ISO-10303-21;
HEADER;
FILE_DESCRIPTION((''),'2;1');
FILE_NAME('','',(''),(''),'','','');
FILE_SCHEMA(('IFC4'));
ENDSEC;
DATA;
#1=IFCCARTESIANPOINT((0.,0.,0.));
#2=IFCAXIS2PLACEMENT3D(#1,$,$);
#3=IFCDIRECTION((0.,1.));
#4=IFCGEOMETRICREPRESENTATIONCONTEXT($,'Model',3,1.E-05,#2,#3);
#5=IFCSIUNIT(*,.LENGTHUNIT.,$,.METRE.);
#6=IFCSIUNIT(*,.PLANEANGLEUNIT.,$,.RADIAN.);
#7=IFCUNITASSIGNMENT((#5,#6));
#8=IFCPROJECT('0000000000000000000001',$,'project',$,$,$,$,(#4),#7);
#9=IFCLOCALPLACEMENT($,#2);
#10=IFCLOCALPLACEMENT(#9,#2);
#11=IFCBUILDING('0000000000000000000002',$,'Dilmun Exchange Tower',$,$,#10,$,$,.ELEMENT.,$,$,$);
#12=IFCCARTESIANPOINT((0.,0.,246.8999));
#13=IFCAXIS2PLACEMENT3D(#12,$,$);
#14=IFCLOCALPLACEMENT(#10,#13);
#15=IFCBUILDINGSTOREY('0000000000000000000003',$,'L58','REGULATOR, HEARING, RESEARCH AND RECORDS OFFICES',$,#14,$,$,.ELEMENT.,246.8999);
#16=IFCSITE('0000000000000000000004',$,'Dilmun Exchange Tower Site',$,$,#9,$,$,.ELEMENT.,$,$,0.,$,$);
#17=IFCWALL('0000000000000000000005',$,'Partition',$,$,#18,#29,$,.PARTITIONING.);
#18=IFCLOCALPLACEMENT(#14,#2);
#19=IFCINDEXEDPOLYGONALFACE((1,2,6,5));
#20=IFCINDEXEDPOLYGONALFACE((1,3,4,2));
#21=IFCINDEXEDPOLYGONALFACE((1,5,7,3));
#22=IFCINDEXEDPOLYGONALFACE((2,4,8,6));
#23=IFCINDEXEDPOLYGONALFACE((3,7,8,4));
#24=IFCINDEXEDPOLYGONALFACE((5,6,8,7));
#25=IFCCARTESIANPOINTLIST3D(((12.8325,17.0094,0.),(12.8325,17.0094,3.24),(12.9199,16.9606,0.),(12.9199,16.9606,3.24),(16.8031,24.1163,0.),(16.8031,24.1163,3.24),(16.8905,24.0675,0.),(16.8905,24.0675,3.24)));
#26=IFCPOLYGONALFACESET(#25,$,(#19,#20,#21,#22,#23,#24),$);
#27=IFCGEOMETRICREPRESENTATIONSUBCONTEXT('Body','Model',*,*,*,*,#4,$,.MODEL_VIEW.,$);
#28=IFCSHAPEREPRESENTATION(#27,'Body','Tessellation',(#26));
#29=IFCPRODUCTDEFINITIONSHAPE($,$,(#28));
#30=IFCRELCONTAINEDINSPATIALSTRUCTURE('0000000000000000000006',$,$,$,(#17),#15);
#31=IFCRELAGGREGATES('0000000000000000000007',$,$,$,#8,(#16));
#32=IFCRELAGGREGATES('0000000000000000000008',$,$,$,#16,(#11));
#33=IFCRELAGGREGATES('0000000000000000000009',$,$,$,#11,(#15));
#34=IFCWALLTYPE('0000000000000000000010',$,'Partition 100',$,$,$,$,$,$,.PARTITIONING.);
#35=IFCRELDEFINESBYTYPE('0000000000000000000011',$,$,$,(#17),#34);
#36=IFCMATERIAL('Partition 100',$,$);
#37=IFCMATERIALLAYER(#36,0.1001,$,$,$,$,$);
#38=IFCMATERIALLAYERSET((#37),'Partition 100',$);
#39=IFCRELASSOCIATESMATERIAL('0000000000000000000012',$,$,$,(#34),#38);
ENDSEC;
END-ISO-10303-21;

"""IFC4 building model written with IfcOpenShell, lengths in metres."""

from ifc_helpers import new_model, si_unit, direction, frame, frame_2d, origin, place, context, subcontext, project, spatial, rectangle, extrude, material, layer, layer_set, type_object, element, save


model = new_model("IFC4")

# Units and contexts
model_context = context("Model", 3, precision=1e-05, world=origin(), true_north=direction((0.0, 1.0)))
body_context = subcontext(model_context, "Body", "Model", "MODEL_VIEW")
ifc_project = project(units=[si_unit("LENGTHUNIT", "METRE"), si_unit("PLANEANGLEUNIT", "RADIAN")], contexts=[model_context])

# Site, building, storey
site_placement = place(None, origin())
site = spatial("IfcSite", under=ifc_project, at=site_placement, Name="Dilmun Exchange Tower Site", CompositionType="ELEMENT", RefElevation=0.0)
building_placement = place(site_placement, origin())
building = spatial("IfcBuilding", under=site, at=building_placement, Name="Dilmun Exchange Tower", CompositionType="ELEMENT")
storey_placement = place(building_placement, frame((0.0, 0.0, 246.8999)))
storey = spatial("IfcBuildingStorey", under=building, at=storey_placement, Name="L58", Description="REGULATOR, HEARING, RESEARCH AND RECORDS OFFICES", CompositionType="ELEMENT", Elevation=246.8999)

# Wall
ifc_material_1 = material(Name="Partition 100")
ifc_layer_1 = layer(ifc_material_1, 0.1001)
ifc_layer_set_1 = layer_set([ifc_layer_1], Name="Partition 100")
wall_type = type_object("IfcWallType", Name="Partition 100", PredefinedType="PARTITIONING", material=ifc_layer_set_1)
wall_1_placement = place(storey_placement, frame((12.8762, 16.9851, 0.0), z_axis=(0.0, 0.0, 1.0), x_axis=(0.487745, 0.872986, 0.0)))
element("IfcWall", 1, at=wall_1_placement, inside=storey, type_object=wall_type, Name="Partition", PredefinedType="PARTITIONING", context=body_context, shape_type="SweptSolid", body=[
    extrude(rectangle(XDim=8.1409, YDim=0.1001, at=frame_2d((4.0703, 0.0))), origin(), (0.0, 0.0, 1.0), 3.24),
])

save(model, "model.ifc")
